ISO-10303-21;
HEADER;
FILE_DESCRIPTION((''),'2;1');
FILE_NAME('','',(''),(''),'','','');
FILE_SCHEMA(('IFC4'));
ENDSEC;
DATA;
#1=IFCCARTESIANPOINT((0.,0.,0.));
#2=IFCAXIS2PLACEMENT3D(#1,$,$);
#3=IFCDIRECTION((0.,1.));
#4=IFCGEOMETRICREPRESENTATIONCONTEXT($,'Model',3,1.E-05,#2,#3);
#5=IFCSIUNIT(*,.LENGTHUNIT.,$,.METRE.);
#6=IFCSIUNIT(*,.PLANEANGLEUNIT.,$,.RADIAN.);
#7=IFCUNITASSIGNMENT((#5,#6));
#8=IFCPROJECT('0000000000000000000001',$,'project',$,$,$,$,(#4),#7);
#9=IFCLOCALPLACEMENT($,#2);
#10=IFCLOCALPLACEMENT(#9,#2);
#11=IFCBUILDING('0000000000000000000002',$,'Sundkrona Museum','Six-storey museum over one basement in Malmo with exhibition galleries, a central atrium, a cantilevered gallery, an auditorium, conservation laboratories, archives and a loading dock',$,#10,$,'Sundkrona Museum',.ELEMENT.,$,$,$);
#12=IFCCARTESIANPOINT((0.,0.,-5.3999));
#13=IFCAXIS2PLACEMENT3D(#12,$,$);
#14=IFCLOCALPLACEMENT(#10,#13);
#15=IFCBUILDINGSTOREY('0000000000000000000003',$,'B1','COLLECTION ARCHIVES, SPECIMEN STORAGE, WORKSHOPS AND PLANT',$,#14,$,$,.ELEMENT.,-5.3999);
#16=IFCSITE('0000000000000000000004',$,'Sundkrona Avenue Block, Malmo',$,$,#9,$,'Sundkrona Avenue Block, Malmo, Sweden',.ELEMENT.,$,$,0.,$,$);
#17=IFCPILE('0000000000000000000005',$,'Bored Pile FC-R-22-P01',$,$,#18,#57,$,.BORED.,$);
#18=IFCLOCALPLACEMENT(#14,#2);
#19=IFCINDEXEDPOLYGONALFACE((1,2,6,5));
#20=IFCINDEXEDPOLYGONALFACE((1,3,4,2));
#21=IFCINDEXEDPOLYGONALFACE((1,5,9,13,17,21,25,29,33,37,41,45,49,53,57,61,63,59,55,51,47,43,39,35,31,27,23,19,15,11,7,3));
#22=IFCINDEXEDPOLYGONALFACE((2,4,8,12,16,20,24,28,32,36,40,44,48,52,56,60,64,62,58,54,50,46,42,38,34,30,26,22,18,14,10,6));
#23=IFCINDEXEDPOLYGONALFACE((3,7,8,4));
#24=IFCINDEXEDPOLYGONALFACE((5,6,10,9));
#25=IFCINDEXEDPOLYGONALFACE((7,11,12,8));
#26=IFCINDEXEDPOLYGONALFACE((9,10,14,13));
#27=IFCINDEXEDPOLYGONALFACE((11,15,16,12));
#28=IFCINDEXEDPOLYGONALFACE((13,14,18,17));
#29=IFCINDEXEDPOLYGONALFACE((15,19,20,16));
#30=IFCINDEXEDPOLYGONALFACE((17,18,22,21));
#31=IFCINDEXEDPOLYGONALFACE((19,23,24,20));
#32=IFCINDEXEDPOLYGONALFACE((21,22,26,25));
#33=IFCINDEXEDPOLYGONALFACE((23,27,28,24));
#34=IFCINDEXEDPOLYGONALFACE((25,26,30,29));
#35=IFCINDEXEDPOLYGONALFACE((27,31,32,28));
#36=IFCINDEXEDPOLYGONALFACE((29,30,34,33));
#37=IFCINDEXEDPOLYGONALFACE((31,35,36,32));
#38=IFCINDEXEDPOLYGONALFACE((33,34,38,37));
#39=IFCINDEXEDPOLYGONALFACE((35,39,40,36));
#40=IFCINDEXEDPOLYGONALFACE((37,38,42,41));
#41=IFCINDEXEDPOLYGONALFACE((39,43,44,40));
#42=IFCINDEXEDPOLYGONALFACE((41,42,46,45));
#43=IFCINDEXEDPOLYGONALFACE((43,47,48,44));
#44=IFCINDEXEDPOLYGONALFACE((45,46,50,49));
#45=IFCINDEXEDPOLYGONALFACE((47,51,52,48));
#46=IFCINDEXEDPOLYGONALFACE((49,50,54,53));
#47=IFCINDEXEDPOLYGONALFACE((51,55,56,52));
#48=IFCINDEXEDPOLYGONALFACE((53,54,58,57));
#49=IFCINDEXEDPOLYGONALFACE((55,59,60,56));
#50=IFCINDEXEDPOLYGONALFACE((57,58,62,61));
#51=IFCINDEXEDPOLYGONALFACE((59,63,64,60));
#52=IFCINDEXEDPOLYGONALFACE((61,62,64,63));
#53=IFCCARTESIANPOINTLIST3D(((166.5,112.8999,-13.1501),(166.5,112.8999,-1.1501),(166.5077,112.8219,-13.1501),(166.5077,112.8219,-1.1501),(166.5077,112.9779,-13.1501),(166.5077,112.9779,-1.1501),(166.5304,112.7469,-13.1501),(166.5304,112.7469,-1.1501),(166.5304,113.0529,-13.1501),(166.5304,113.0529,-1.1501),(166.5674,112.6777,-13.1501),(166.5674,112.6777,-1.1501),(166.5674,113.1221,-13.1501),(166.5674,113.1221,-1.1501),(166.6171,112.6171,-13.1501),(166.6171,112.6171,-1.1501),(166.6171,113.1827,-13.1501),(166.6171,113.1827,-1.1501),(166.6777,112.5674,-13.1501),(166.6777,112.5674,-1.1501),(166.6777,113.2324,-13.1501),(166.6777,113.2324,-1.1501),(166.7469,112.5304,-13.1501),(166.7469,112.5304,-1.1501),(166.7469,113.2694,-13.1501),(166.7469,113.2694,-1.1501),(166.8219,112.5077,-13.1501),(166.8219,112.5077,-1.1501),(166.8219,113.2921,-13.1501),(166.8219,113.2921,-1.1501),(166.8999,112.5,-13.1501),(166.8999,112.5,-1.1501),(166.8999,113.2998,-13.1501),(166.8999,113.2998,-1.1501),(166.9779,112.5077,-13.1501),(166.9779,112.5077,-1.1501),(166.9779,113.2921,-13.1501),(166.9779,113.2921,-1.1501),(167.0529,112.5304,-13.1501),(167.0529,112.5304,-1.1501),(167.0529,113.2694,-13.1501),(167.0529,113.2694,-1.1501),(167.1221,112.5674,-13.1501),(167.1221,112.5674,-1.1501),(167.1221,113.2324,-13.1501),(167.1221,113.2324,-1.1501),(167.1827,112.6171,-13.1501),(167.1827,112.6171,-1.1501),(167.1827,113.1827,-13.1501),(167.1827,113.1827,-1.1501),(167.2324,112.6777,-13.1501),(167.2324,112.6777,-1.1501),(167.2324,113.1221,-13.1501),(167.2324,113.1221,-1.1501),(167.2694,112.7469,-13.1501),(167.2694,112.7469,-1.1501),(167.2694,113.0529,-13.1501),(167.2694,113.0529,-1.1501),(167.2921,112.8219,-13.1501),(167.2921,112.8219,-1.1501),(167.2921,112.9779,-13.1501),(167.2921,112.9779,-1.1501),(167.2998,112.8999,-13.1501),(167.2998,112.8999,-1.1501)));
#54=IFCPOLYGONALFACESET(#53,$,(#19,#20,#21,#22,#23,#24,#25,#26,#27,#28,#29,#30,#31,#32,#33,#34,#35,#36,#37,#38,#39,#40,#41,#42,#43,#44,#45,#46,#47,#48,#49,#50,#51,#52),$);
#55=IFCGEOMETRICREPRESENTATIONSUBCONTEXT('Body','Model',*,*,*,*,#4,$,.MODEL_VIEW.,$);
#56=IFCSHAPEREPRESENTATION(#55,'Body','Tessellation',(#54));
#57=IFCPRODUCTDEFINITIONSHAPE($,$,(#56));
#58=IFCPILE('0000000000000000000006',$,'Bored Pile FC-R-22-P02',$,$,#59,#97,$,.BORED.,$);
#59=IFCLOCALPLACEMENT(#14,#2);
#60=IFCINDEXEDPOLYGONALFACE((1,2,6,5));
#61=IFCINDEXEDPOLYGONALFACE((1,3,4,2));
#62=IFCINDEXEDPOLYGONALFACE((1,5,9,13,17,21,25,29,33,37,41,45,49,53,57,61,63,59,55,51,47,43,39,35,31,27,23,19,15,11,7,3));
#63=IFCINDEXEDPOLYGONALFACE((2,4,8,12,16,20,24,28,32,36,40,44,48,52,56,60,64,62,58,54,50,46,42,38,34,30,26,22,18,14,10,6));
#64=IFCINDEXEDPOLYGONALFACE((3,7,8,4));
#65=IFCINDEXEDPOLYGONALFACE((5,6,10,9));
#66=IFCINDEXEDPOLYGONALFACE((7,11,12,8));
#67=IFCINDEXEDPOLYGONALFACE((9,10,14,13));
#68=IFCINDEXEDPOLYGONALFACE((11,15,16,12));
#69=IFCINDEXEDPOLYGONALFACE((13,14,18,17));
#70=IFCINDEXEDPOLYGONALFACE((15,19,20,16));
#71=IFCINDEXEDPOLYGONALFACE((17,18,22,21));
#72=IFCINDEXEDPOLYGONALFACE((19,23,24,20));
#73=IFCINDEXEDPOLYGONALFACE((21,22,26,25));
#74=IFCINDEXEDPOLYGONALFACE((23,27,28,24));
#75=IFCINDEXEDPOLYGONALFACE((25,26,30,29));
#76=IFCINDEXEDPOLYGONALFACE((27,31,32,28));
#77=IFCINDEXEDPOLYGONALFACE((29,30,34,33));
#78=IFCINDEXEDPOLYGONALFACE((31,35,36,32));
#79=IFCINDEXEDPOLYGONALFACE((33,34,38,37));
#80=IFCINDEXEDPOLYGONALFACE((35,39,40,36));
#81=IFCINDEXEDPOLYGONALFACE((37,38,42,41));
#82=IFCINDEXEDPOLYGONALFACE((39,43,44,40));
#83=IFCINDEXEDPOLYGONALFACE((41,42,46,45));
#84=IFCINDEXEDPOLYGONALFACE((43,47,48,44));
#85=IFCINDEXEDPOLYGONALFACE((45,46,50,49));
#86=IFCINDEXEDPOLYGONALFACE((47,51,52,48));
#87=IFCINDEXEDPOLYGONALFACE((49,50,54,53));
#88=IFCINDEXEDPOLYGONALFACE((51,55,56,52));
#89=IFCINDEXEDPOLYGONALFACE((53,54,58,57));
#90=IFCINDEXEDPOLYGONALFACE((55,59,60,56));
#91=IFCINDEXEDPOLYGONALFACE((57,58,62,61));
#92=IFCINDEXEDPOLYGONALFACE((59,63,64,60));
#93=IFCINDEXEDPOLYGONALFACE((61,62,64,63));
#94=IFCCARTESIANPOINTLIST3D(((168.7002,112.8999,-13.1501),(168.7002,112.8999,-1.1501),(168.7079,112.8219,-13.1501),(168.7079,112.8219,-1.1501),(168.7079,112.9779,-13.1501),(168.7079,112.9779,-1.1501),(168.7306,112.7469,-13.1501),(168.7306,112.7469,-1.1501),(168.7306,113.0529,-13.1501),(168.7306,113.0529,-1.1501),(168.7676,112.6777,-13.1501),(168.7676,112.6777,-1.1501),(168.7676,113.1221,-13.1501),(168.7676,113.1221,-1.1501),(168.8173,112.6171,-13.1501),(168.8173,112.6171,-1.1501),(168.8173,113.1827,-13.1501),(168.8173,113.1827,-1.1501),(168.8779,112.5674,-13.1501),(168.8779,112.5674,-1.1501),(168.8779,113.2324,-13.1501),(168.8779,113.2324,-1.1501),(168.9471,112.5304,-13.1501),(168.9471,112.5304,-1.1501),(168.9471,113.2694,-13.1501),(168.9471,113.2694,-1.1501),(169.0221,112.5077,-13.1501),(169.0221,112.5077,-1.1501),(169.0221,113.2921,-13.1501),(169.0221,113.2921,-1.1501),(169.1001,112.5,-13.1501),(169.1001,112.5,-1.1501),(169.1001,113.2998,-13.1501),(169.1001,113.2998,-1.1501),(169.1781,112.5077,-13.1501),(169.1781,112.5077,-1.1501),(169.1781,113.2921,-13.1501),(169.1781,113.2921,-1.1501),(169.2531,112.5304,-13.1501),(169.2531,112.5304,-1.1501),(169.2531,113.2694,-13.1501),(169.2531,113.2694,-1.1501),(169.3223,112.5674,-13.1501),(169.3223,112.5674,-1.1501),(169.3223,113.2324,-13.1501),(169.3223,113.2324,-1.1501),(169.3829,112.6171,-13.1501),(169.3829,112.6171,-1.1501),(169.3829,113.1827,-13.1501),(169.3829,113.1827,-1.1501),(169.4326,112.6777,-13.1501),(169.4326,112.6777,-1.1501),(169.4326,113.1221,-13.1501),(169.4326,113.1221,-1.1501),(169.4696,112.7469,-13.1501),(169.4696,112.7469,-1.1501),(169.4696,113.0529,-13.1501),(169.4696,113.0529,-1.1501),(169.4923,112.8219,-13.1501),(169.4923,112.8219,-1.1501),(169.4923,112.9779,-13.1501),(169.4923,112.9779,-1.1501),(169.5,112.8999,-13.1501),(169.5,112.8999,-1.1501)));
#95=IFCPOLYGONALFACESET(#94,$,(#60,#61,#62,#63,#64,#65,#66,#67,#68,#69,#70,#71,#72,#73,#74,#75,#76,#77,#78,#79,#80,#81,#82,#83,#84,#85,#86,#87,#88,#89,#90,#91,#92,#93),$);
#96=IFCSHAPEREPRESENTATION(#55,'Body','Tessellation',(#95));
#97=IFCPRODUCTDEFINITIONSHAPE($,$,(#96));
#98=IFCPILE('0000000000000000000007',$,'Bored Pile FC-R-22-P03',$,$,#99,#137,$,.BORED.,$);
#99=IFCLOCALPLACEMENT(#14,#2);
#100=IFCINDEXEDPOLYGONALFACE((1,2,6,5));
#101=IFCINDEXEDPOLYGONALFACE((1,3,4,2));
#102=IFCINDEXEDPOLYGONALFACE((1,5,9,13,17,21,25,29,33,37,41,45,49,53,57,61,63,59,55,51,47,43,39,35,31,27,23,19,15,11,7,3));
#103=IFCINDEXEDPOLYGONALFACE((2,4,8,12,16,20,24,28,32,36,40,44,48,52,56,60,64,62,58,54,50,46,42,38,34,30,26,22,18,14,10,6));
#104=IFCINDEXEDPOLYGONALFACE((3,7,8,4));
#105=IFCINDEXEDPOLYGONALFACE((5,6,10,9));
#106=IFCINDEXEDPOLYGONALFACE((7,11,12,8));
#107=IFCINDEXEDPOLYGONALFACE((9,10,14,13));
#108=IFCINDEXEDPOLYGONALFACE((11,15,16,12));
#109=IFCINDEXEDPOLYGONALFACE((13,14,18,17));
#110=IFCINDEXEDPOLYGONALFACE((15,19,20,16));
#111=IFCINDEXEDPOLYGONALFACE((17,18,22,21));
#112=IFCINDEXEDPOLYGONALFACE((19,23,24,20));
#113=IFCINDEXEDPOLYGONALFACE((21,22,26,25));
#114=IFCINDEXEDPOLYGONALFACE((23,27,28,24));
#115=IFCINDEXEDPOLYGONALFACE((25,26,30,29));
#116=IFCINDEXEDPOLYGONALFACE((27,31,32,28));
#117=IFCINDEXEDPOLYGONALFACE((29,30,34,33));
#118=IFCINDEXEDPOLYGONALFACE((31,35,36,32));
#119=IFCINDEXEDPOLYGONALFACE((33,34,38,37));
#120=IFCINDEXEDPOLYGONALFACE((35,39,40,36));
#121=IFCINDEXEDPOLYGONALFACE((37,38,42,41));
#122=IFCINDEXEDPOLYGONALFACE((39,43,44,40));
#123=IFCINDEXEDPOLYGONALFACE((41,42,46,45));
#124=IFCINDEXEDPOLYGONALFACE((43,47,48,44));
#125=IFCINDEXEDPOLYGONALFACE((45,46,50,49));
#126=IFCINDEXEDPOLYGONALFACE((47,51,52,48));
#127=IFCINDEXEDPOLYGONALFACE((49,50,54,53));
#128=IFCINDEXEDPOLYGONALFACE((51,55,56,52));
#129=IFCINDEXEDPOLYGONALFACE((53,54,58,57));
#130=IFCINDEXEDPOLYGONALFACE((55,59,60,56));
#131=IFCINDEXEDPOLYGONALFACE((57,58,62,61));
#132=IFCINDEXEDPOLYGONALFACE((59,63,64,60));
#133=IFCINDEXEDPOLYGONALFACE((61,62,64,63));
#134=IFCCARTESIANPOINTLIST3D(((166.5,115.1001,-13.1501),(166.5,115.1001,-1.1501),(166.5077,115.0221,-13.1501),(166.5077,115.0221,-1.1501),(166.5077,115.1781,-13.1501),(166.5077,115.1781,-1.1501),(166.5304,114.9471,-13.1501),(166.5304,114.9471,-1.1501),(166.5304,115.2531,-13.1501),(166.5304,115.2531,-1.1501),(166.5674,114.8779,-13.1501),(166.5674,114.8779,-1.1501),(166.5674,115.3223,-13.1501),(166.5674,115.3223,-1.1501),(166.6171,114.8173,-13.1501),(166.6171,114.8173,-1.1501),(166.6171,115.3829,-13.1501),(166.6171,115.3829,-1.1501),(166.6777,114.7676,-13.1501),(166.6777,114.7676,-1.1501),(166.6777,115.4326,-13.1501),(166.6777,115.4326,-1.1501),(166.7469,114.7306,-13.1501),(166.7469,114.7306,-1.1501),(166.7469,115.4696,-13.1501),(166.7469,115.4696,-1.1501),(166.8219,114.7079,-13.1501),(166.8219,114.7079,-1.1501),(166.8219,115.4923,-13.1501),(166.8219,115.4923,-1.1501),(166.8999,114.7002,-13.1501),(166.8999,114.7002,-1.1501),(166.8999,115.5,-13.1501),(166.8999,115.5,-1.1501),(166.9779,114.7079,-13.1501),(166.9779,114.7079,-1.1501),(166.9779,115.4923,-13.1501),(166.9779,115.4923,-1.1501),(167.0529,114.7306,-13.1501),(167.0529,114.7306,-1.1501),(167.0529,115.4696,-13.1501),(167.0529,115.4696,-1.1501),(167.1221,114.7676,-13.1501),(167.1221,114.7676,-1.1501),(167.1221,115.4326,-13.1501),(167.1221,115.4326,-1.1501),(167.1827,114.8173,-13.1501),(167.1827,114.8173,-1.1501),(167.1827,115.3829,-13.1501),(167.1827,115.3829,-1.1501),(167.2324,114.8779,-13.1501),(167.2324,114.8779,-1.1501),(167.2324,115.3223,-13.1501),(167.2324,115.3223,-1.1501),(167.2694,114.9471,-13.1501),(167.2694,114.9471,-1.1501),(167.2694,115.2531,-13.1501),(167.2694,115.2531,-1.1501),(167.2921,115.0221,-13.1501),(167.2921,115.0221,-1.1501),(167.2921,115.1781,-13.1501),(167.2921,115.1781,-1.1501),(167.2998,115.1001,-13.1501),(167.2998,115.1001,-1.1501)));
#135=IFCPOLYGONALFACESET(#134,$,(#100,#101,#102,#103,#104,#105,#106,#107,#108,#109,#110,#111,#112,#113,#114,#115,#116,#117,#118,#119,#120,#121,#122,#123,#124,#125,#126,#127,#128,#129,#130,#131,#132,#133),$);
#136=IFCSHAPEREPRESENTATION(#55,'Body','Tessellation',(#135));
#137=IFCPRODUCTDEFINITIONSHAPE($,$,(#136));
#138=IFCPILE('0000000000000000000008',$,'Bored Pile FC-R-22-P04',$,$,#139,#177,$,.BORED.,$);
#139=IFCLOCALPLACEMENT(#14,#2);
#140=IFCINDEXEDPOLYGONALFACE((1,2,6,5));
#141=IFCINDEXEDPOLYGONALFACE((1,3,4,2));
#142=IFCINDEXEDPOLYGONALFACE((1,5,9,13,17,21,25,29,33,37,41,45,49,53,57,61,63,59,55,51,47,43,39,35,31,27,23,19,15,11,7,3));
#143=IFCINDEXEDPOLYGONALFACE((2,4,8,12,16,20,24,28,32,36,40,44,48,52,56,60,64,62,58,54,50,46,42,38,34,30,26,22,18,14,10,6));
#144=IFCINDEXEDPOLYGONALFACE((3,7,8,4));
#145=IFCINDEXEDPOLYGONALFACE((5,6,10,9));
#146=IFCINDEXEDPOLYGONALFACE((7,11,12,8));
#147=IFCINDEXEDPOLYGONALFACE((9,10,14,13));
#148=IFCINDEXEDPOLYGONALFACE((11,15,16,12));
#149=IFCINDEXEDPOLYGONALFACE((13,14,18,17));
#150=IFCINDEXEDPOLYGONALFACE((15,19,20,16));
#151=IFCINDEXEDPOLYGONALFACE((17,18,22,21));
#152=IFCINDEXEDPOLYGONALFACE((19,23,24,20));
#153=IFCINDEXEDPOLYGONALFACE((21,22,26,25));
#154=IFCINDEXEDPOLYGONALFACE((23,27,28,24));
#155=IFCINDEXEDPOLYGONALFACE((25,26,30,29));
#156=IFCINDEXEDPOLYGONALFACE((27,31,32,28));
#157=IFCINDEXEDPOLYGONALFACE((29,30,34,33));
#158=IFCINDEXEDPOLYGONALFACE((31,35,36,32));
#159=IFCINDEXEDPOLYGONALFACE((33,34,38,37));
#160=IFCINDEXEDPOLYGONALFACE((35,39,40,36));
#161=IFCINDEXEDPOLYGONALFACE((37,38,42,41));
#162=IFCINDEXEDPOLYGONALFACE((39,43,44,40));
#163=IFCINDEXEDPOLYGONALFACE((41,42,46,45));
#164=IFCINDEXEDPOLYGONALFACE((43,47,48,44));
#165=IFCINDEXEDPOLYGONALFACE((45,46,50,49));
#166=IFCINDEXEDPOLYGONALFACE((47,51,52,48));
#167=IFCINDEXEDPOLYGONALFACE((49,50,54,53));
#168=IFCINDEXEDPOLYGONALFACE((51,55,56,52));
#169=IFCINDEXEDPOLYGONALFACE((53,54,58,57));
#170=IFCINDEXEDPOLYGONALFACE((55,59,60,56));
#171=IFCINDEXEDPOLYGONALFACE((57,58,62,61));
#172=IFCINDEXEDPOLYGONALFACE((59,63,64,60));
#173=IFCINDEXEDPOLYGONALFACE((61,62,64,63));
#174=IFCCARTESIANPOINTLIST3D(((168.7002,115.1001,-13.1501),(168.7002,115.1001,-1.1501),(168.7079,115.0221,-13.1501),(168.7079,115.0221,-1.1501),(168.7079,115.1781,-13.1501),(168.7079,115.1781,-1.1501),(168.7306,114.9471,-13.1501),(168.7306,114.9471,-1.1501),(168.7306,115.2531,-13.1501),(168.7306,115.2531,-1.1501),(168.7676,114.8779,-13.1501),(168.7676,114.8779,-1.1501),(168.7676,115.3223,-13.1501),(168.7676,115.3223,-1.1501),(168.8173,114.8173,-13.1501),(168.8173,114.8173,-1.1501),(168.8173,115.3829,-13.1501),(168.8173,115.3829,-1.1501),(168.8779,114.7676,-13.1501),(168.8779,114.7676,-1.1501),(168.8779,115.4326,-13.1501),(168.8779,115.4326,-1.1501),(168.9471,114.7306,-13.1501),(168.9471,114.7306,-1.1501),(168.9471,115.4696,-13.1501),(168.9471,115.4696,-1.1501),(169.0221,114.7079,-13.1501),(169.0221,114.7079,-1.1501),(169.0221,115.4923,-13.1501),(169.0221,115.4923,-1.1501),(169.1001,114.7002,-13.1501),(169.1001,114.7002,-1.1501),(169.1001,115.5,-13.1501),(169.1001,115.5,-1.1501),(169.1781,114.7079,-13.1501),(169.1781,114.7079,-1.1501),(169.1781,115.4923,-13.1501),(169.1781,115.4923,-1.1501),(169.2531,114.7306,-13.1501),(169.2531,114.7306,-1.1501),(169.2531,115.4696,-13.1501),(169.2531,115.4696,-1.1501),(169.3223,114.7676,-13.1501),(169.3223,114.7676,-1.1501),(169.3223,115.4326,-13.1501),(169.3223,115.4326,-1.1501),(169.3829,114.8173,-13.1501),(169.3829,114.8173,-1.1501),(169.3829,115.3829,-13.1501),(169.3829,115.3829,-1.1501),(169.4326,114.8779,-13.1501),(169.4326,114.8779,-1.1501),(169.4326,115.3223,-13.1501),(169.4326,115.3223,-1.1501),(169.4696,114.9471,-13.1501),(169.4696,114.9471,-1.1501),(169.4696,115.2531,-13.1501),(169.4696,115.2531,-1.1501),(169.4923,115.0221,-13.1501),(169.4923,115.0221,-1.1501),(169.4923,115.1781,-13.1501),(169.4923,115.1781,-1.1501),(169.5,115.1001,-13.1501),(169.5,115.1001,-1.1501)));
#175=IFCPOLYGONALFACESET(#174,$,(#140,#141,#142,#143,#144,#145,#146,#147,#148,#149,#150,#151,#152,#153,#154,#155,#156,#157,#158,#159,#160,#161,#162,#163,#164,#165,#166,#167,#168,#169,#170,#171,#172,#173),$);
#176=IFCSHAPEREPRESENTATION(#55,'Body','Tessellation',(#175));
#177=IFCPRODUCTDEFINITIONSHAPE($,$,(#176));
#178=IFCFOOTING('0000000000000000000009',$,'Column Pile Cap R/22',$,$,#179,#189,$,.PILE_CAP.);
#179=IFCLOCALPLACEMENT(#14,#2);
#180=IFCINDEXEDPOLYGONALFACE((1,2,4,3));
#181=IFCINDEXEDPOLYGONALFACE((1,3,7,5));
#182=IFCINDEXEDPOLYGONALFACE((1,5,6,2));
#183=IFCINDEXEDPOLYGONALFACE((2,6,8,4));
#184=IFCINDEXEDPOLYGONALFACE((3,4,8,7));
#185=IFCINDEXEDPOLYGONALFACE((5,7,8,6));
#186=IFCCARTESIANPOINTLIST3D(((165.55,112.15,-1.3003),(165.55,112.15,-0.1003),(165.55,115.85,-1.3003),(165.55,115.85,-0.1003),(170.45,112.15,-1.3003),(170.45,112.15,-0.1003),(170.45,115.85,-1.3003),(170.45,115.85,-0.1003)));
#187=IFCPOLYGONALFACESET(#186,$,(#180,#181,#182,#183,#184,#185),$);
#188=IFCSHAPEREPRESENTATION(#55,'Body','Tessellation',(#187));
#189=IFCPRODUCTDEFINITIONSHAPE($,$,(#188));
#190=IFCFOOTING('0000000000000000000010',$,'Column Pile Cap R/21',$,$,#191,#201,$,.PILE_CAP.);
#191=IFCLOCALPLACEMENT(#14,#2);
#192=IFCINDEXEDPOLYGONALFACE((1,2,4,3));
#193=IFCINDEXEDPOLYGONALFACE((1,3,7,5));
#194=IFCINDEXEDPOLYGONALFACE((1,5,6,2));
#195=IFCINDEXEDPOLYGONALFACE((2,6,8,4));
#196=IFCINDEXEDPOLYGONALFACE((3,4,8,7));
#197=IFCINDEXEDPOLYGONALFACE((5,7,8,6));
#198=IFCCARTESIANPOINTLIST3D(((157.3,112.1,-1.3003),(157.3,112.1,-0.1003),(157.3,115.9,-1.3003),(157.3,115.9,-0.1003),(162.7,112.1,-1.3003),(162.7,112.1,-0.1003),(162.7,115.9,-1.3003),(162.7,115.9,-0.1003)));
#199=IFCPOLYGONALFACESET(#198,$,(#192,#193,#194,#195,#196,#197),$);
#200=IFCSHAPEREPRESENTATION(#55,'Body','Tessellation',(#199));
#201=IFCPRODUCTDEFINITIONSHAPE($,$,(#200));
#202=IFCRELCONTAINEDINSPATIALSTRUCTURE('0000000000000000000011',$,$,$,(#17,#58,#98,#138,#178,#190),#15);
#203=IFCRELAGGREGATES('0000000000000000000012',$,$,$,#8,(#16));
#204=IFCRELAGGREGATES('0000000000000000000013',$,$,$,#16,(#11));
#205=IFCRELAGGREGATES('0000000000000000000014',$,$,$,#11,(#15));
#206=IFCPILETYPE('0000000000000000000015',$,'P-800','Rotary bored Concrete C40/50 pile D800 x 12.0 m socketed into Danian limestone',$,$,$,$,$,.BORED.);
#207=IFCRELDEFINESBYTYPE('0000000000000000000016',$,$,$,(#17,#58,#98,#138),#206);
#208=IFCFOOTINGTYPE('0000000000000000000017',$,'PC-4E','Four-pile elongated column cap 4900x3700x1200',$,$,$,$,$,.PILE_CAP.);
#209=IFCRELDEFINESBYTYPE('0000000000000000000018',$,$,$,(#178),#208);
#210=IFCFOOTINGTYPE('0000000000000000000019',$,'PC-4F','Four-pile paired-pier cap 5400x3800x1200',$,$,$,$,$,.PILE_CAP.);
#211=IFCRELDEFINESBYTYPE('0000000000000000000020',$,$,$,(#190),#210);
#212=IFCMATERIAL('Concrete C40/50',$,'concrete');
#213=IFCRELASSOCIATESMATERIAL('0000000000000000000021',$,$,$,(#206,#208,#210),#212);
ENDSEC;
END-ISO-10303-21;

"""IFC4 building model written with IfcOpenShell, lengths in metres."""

from ifc_helpers import new_model, si_unit, direction, frame, origin, origin_2d, place, context, subcontext, project, spatial, rectangle, circle, extrude, material, material_profile, profile_set, type_object, element, save


model = new_model("IFC4")

# Units and contexts
model_context = context("Model", 3, precision=1e-05, world=origin(), true_north=direction((0.0, 1.0)))
body_context = subcontext(model_context, "Body", "Model", "MODEL_VIEW")
ifc_project = project(units=[si_unit("LENGTHUNIT", "METRE"), si_unit("PLANEANGLEUNIT", "RADIAN")], contexts=[model_context])

# Site, building, storey
site_placement = place(None, origin())
site = spatial("IfcSite", under=ifc_project, at=site_placement, Name="Sundkrona Avenue Block, Malmo", LongName="Sundkrona Avenue Block, Malmo, Sweden", CompositionType="ELEMENT", RefElevation=0.0)
building_placement = place(site_placement, origin())
building = spatial("IfcBuilding", under=site, at=building_placement, Name="Sundkrona Museum", Description="Six-storey museum over one basement in Malmo with exhibition galleries, a central atrium, a cantilevered gallery, an auditorium, conservation laboratories, archives and a loading dock", LongName="Sundkrona Museum", CompositionType="ELEMENT")
storey_placement = place(building_placement, frame((0.0, 0.0, -5.3999)))
storey = spatial("IfcBuildingStorey", under=building, at=storey_placement, Name="B1", Description="COLLECTION ARCHIVES, SPECIMEN STORAGE, WORKSHOPS AND PLANT", CompositionType="ELEMENT", Elevation=-5.3999)

# Shared definitions
ifc_material_1 = material(Name="Concrete C40/50", Category="concrete")

# Piles
ifc_material_profile_1 = material_profile(ifc_material_1, circle(Radius=0.3999, at=origin_2d()), Name="PILE D800")
ifc_profile_set_1 = profile_set([ifc_material_profile_1], Name="Concrete C40/50")
pile_type = type_object("IfcPileType", Name="P-800", Description="Rotary bored Concrete C40/50 pile D800 x 12.0 m socketed into Danian limestone", PredefinedType="BORED", material=ifc_profile_set_1)
for number, where, z_axis, x_axis, name in (
    (1, (166.8999, 112.8999, -1.1501), (0.0, 0.0, -1.0), (1.0, 0.0, 0.0), "Bored Pile FC-R-22-P01"),
    (2, (169.1001, 112.8999, -1.1501), (0.0, 0.0, -1.0), (1.0, 0.0, 0.0), "Bored Pile FC-R-22-P02"),
    (3, (166.8999, 115.1001, -1.1501), (0.0, 0.0, -1.0), (1.0, 0.0, 0.0), "Bored Pile FC-R-22-P03"),
    (4, (169.1001, 115.1001, -1.1501), (0.0, 0.0, -1.0), (1.0, 0.0, 0.0), "Bored Pile FC-R-22-P04"),
):
    element("IfcPile", number, at=place(storey_placement, frame(where, z_axis=z_axis, x_axis=x_axis)), inside=storey, type_object=pile_type, Name=name, PredefinedType="BORED", context=body_context, shape_type="SweptSolid", body=[
        extrude(circle(Radius=0.3999, at=origin_2d()), origin(), (0.0, 0.0, 1.0), 12.0),
    ])

# Footings
footing_type_1 = type_object("IfcFootingType", Name="PC-4E", Description="Four-pile elongated column cap 4900x3700x1200", PredefinedType="PILE_CAP", material=ifc_material_1)
footing_1_placement = place(storey_placement, frame((168.0, 114.0, -1.3003), z_axis=(0.0, 0.0, 1.0), x_axis=(1.0, 0.0, 0.0)))
element("IfcFooting", 5, at=footing_1_placement, inside=storey, type_object=footing_type_1, Name="Column Pile Cap R/22", PredefinedType="PILE_CAP", context=body_context, shape_type="SweptSolid", body=[
    extrude(rectangle(XDim=4.8999, YDim=3.7, at=origin_2d()), origin(), (0.0, 0.0, 1.0), 1.2),
])
footing_type_2 = type_object("IfcFootingType", Name="PC-4F", Description="Four-pile paired-pier cap 5400x3800x1200", PredefinedType="PILE_CAP", material=ifc_material_1)
footing_2_placement = place(storey_placement, frame((160.0, 114.0, -1.3003), z_axis=(0.0, 0.0, 1.0), x_axis=(1.0, 0.0, 0.0)))
element("IfcFooting", 6, at=footing_2_placement, inside=storey, type_object=footing_type_2, Name="Column Pile Cap R/21", PredefinedType="PILE_CAP", context=body_context, shape_type="SweptSolid", body=[
    extrude(rectangle(XDim=5.3999, YDim=3.8, at=origin_2d()), origin(), (0.0, 0.0, 1.0), 1.2),
])

save(model, "model.ifc")
